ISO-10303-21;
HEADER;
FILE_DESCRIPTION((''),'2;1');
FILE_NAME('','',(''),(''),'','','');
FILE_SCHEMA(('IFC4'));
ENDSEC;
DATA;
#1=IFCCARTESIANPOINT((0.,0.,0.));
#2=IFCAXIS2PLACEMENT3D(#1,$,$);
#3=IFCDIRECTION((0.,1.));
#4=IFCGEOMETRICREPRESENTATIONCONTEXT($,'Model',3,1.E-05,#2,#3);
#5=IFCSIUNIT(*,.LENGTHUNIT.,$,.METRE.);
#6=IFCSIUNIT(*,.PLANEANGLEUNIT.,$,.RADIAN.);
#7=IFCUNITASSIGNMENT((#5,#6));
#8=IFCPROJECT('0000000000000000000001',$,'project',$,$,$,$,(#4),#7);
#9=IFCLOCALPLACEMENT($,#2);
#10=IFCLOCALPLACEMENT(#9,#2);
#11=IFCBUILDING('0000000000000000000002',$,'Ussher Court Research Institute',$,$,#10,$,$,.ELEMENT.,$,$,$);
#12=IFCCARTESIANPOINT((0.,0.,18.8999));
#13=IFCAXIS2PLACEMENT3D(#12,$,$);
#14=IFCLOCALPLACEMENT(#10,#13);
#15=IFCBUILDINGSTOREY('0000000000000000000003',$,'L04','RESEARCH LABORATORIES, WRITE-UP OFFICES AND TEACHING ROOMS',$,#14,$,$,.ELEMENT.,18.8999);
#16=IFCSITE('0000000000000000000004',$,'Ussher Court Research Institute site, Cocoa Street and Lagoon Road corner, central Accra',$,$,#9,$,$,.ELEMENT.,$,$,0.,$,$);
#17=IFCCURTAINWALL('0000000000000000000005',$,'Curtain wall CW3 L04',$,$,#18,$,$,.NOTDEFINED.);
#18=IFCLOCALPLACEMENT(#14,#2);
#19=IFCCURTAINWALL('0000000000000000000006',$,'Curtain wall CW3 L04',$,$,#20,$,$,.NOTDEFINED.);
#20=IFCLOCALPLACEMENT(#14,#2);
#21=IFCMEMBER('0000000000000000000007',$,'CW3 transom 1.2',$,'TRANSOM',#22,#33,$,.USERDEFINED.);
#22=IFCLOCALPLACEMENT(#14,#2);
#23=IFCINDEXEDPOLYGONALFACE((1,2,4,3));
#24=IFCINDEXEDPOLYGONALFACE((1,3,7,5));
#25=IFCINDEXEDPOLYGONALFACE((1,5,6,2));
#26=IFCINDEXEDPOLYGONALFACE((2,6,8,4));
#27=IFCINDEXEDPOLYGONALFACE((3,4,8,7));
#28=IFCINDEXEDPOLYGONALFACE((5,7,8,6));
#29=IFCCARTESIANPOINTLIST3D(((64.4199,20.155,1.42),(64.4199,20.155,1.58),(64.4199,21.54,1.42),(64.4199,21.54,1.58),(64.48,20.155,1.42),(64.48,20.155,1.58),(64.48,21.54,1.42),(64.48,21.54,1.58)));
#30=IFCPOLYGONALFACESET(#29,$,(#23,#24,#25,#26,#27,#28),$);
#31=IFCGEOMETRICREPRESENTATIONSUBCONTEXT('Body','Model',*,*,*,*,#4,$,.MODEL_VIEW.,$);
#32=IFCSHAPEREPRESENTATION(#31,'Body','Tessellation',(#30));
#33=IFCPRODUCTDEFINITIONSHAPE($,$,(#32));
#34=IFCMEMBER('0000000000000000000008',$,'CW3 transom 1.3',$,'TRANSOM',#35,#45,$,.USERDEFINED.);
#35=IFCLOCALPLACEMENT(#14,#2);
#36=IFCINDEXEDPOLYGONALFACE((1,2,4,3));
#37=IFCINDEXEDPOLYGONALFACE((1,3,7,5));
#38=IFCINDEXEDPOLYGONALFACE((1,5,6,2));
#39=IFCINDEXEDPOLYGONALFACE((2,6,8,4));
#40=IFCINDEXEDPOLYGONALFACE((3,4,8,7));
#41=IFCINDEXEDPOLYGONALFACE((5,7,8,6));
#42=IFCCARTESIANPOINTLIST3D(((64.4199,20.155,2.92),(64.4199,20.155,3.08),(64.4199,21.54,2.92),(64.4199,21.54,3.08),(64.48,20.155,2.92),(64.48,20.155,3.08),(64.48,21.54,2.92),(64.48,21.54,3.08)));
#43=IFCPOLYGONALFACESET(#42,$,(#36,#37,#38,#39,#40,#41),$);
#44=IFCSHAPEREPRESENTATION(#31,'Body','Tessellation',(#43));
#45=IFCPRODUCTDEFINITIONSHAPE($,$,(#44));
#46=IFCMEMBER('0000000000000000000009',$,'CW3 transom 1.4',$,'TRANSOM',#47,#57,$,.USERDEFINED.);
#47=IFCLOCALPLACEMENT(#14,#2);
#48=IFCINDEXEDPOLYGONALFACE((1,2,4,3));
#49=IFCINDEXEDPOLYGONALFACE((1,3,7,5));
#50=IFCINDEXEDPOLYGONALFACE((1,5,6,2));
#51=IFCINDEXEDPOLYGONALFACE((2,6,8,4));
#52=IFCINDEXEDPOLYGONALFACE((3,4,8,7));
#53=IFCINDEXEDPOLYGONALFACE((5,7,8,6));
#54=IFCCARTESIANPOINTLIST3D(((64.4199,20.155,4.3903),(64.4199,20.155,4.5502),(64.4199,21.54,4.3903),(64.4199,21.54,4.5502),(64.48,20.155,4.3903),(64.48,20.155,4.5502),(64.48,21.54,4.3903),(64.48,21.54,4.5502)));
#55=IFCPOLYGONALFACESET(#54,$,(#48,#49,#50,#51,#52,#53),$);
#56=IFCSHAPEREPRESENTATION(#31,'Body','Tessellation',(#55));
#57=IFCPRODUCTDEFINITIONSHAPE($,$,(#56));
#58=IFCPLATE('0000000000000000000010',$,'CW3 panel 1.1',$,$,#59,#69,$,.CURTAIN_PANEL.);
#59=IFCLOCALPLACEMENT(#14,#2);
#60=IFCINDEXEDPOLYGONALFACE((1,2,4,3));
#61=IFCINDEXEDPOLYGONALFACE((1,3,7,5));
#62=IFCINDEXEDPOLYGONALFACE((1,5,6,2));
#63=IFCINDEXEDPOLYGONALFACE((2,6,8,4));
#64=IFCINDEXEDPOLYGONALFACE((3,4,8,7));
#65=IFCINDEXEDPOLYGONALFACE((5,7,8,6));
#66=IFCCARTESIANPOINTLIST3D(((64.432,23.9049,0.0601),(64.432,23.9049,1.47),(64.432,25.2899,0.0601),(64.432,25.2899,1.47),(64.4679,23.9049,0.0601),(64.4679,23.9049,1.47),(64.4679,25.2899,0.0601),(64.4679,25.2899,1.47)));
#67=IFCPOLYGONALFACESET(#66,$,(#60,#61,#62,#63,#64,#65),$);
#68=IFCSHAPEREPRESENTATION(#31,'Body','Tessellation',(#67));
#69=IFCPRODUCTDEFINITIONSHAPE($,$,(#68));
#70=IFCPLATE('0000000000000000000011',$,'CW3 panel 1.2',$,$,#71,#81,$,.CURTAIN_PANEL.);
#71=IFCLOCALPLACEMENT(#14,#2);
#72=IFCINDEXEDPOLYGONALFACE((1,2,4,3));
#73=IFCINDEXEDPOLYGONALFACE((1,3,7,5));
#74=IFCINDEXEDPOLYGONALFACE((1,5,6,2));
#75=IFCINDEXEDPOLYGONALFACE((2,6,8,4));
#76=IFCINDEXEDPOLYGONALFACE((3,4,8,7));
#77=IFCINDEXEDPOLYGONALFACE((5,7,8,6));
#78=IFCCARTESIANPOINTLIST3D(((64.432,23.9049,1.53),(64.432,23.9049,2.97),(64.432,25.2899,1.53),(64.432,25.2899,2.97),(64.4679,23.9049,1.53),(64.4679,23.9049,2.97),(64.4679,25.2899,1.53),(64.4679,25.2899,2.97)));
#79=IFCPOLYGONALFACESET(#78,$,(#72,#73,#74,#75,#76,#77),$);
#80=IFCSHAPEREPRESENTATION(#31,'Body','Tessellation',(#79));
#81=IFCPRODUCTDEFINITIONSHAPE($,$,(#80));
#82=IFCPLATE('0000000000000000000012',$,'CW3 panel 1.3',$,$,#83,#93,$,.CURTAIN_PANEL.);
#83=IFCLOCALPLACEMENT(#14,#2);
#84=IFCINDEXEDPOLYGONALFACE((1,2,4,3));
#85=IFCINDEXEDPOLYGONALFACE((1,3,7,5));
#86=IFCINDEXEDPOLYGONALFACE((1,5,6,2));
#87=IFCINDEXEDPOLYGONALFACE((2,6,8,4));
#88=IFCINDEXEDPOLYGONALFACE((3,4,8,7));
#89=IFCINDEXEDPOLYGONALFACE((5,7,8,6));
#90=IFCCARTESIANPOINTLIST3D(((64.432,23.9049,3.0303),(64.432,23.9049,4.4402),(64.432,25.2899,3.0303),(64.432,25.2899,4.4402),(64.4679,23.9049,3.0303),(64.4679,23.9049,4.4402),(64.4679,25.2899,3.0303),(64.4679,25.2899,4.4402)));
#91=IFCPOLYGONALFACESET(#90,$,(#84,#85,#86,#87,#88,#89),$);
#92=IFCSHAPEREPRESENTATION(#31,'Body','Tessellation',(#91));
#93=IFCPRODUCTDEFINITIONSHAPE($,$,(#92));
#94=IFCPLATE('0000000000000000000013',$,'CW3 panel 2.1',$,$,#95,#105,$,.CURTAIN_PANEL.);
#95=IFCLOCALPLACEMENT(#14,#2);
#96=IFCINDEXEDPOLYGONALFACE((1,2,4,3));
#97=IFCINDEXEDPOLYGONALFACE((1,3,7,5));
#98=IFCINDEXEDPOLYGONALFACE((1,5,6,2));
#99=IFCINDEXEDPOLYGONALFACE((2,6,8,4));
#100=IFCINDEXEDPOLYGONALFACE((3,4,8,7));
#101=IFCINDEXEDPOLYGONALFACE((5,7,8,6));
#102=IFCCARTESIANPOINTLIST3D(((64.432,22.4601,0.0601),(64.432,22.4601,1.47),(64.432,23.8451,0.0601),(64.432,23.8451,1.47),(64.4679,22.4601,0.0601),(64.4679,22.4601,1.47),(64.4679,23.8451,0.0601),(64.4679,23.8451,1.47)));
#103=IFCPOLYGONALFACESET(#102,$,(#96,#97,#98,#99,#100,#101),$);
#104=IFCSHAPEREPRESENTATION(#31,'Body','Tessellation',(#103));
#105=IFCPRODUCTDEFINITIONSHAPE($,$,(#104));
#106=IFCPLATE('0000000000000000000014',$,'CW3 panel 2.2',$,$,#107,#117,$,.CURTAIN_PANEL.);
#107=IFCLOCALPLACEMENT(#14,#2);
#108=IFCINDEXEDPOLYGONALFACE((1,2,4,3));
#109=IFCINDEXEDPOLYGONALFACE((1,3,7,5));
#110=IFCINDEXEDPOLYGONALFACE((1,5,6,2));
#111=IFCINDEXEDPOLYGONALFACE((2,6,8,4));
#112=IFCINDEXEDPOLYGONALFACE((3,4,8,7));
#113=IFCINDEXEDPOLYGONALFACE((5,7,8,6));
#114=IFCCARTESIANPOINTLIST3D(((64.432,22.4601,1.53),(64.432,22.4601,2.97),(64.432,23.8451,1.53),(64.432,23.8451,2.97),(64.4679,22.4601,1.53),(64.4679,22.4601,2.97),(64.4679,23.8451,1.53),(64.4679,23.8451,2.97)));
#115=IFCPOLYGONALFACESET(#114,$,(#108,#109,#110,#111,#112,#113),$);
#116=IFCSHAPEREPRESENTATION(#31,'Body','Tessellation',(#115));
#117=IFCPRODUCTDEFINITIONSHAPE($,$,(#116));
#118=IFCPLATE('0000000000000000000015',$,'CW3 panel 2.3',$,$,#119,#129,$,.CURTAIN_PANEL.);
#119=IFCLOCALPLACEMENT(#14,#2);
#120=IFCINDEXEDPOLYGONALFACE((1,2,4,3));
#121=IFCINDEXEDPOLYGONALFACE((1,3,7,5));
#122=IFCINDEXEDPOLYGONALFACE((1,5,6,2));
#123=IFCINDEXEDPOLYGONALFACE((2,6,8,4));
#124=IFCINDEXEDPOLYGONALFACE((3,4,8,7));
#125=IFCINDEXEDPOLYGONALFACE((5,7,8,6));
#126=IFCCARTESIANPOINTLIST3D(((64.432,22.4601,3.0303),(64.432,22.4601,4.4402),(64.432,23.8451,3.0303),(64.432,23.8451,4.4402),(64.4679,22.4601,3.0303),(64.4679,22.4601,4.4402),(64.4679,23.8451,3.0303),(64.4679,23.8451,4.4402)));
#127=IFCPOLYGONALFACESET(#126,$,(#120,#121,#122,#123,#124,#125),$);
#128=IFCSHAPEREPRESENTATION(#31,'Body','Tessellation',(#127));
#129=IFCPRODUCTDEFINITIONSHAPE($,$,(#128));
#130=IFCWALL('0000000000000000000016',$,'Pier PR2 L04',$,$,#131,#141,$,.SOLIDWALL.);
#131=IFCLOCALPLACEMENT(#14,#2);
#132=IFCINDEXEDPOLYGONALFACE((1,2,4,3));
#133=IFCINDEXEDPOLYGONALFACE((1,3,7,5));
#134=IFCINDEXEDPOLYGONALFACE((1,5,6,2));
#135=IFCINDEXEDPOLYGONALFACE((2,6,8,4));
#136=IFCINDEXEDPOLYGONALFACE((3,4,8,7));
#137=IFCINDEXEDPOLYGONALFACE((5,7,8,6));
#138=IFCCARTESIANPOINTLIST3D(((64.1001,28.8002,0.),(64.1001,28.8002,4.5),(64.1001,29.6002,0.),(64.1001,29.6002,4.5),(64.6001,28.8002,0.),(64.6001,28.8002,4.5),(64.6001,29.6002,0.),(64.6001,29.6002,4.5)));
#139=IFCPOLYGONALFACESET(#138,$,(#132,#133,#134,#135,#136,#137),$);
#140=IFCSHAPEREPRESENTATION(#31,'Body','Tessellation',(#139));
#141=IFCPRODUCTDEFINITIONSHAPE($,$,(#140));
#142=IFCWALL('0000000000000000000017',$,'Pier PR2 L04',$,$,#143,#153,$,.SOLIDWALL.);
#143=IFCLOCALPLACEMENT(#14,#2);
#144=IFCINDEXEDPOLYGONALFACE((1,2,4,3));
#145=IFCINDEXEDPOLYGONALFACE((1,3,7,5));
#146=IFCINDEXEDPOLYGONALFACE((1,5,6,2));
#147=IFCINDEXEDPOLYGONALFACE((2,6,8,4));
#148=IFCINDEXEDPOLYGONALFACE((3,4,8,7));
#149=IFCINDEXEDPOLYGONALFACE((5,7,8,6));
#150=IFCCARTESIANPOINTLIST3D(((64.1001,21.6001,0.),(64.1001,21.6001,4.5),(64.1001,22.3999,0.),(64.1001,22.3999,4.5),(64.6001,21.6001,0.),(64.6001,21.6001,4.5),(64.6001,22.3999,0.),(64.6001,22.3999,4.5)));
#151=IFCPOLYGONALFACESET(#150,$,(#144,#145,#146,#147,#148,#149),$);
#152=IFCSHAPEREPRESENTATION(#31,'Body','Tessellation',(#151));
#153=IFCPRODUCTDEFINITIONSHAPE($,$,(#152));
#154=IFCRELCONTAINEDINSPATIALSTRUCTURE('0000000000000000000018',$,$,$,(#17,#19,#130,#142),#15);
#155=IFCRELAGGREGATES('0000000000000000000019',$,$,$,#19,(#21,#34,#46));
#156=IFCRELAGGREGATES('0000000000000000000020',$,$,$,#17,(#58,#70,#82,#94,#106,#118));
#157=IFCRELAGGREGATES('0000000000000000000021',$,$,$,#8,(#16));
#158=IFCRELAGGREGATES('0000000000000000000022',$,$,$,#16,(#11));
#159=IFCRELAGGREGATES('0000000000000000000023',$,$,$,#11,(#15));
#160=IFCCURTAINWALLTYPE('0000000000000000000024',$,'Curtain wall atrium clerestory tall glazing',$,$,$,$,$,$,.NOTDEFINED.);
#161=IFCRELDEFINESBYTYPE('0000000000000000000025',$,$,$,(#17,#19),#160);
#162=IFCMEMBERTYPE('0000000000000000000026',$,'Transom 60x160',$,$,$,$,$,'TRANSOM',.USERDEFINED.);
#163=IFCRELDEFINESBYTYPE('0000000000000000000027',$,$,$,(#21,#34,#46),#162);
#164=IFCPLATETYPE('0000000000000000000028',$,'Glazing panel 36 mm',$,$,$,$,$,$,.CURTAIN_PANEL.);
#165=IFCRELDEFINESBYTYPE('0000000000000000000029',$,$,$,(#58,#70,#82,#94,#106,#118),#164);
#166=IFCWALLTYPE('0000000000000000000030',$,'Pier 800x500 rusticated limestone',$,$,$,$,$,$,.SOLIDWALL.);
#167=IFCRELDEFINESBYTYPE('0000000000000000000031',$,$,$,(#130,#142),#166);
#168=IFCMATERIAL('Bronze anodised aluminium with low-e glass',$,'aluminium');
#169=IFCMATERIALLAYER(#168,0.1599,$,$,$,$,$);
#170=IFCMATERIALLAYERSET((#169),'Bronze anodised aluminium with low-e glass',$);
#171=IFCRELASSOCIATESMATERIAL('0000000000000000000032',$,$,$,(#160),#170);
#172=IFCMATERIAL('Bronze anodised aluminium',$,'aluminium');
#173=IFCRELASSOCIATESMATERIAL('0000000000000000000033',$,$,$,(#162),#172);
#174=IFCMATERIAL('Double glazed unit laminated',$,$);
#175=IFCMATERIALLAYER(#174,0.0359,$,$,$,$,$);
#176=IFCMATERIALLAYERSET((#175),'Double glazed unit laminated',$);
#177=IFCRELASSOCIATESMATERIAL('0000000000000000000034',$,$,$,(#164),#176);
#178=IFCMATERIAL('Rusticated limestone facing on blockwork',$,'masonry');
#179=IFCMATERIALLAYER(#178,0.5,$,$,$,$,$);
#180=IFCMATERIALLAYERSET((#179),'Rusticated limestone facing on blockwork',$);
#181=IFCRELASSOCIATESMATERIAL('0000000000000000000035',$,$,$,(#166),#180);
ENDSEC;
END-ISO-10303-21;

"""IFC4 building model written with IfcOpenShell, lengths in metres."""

from ifc_helpers import new_model, si_unit, direction, frame, frame_2d, origin, origin_2d, place, context, subcontext, project, spatial, rectangle, extrude, material, layer, layer_set, material_profile, profile_set, type_object, element, aggregate, save


model = new_model("IFC4")

# Units and contexts
model_context = context("Model", 3, precision=1e-05, world=origin(), true_north=direction((0.0, 1.0)))
body_context = subcontext(model_context, "Body", "Model", "MODEL_VIEW")
ifc_project = project(units=[si_unit("LENGTHUNIT", "METRE"), si_unit("PLANEANGLEUNIT", "RADIAN")], contexts=[model_context])

# Site, building, storey
site_placement = place(None, origin())
site = spatial("IfcSite", under=ifc_project, at=site_placement, Name="Ussher Court Research Institute site, Cocoa Street and Lagoon Road corner, central Accra", CompositionType="ELEMENT", RefElevation=0.0)
building_placement = place(site_placement, origin())
building = spatial("IfcBuilding", under=site, at=building_placement, Name="Ussher Court Research Institute", CompositionType="ELEMENT")
storey_placement = place(building_placement, frame((0.0, 0.0, 18.8999)))
storey = spatial("IfcBuildingStorey", under=building, at=storey_placement, Name="L04", Description="RESEARCH LABORATORIES, WRITE-UP OFFICES AND TEACHING ROOMS", CompositionType="ELEMENT", Elevation=18.8999)

# Curtain wall
ifc_material_1 = material(Name="Bronze anodised aluminium with low-e glass", Category="aluminium")
ifc_layer_1 = layer(ifc_material_1, 0.1599)
ifc_layer_set_1 = layer_set([ifc_layer_1], Name="Bronze anodised aluminium with low-e glass")
curtain_wall_type = type_object("IfcCurtainWallType", Name="Curtain wall atrium clerestory tall glazing", PredefinedType="NOTDEFINED", material=ifc_layer_set_1)
curtain_wall_1_placement = place(storey_placement, origin())
curtain_wall_1 = element("IfcCurtainWall", 1, at=curtain_wall_1_placement, inside=storey, type_object=curtain_wall_type, Name="Curtain wall CW3 L04", PredefinedType="NOTDEFINED")

# Curtain wall
curtain_wall_2_placement = place(storey_placement, origin())
curtain_wall_2 = element("IfcCurtainWall", 2, at=curtain_wall_2_placement, inside=storey, type_object=curtain_wall_type, Name="Curtain wall CW3 L04", PredefinedType="NOTDEFINED")

# Members
ifc_material_2 = material(Name="Bronze anodised aluminium", Category="aluminium")
ifc_material_profile_1 = material_profile(ifc_material_2, rectangle(XDim=0.0601, YDim=0.1599, at=origin_2d()), Name="Transom 60x160")
ifc_profile_set_1 = profile_set([ifc_material_profile_1], Name="Bronze anodised aluminium")
member_type_1 = type_object("IfcMemberType", Name="Transom 60x160", ElementType="TRANSOM", PredefinedType="USERDEFINED", material=ifc_profile_set_1)
member_1_placement = place(storey_placement, frame((64.45, 21.54, 1.5), z_axis=(0.0, -1.0, 0.0), x_axis=(1.0, 0.0, 0.0)))
member_1 = element("IfcMember", 3, at=member_1_placement, type_object=member_type_1, Name="CW3 transom 1.2", ObjectType="TRANSOM", PredefinedType="USERDEFINED", context=body_context, shape_type="SweptSolid", body=[
    extrude(rectangle(XDim=0.0601, YDim=0.1599, at=origin_2d()), origin(), (0.0, 0.0, 1.0), 1.385),
])
member_2_placement = place(storey_placement, frame((64.45, 21.54, 3.0), z_axis=(0.0, -1.0, 0.0), x_axis=(1.0, 0.0, 0.0)))
member_2 = element("IfcMember", 4, at=member_2_placement, type_object=member_type_1, Name="CW3 transom 1.3", ObjectType="TRANSOM", PredefinedType="USERDEFINED", context=body_context, shape_type="SweptSolid", body=[
    extrude(rectangle(XDim=0.0601, YDim=0.1599, at=origin_2d()), origin(), (0.0, 0.0, 1.0), 1.385),
])
member_3_placement = place(storey_placement, frame((64.45, 21.54, 4.4702), z_axis=(0.0, -1.0, 0.0), x_axis=(1.0, 0.0, 0.0)))
member_3 = element("IfcMember", 5, at=member_3_placement, type_object=member_type_1, Name="CW3 transom 1.4", ObjectType="TRANSOM", PredefinedType="USERDEFINED", context=body_context, shape_type="SweptSolid", body=[
    extrude(rectangle(XDim=0.0601, YDim=0.1599, at=origin_2d()), origin(), (0.0, 0.0, 1.0), 1.385),
])
aggregate(curtain_wall_2, [member_1, member_2, member_3])

# Plates
ifc_material_3 = material(Name="Double glazed unit laminated")
ifc_layer_2 = layer(ifc_material_3, 0.0359)
ifc_layer_set_2 = layer_set([ifc_layer_2], Name="Double glazed unit laminated")
plate_type = type_object("IfcPlateType", Name="Glazing panel 36 mm", PredefinedType="CURTAIN_PANEL", material=ifc_layer_set_2)
plate_1_placement = place(storey_placement, frame((64.45, 24.5974, 0.0601), z_axis=(0.0, 0.0, 1.0), x_axis=(0.0, -1.0, 0.0)))
plate_1 = element("IfcPlate", 6, at=plate_1_placement, type_object=plate_type, Name="CW3 panel 1.1", PredefinedType="CURTAIN_PANEL", context=body_context, shape_type="SweptSolid", body=[
    extrude(rectangle(XDim=1.385, YDim=0.0359, at=origin_2d()), origin(), (0.0, 0.0, 1.0), 1.4099),
])
plate_2_placement = place(storey_placement, frame((64.45, 24.5974, 1.53), z_axis=(0.0, 0.0, 1.0), x_axis=(0.0, -1.0, 0.0)))
plate_2 = element("IfcPlate", 7, at=plate_2_placement, type_object=plate_type, Name="CW3 panel 1.2", PredefinedType="CURTAIN_PANEL", context=body_context, shape_type="SweptSolid", body=[
    extrude(rectangle(XDim=1.385, YDim=0.0359, at=origin_2d()), origin(), (0.0, 0.0, 1.0), 1.4399),
])
plate_3_placement = place(storey_placement, frame((64.45, 24.5974, 3.0303), z_axis=(0.0, 0.0, 1.0), x_axis=(0.0, -1.0, 0.0)))
plate_3 = element("IfcPlate", 8, at=plate_3_placement, type_object=plate_type, Name="CW3 panel 1.3", PredefinedType="CURTAIN_PANEL", context=body_context, shape_type="SweptSolid", body=[
    extrude(rectangle(XDim=1.385, YDim=0.0359, at=origin_2d()), origin(), (0.0, 0.0, 1.0), 1.4099),
])
plate_4_placement = place(storey_placement, frame((64.45, 23.1526, 0.0601), z_axis=(0.0, 0.0, 1.0), x_axis=(0.0, -1.0, 0.0)))
plate_4 = element("IfcPlate", 9, at=plate_4_placement, type_object=plate_type, Name="CW3 panel 2.1", PredefinedType="CURTAIN_PANEL", context=body_context, shape_type="SweptSolid", body=[
    extrude(rectangle(XDim=1.385, YDim=0.0359, at=origin_2d()), origin(), (0.0, 0.0, 1.0), 1.4099),
])
plate_5_placement = place(storey_placement, frame((64.45, 23.1526, 1.53), z_axis=(0.0, 0.0, 1.0), x_axis=(0.0, -1.0, 0.0)))
plate_5 = element("IfcPlate", 10, at=plate_5_placement, type_object=plate_type, Name="CW3 panel 2.2", PredefinedType="CURTAIN_PANEL", context=body_context, shape_type="SweptSolid", body=[
    extrude(rectangle(XDim=1.385, YDim=0.0359, at=origin_2d()), origin(), (0.0, 0.0, 1.0), 1.4399),
])
plate_6_placement = place(storey_placement, frame((64.45, 23.1526, 3.0303), z_axis=(0.0, 0.0, 1.0), x_axis=(0.0, -1.0, 0.0)))
plate_6 = element("IfcPlate", 11, at=plate_6_placement, type_object=plate_type, Name="CW3 panel 2.3", PredefinedType="CURTAIN_PANEL", context=body_context, shape_type="SweptSolid", body=[
    extrude(rectangle(XDim=1.385, YDim=0.0359, at=origin_2d()), origin(), (0.0, 0.0, 1.0), 1.4099),
])
aggregate(curtain_wall_1, [plate_1, plate_2, plate_3, plate_4, plate_5, plate_6])

# Walls
ifc_material_4 = material(Name="Rusticated limestone facing on blockwork", Category="masonry")
ifc_layer_3 = layer(ifc_material_4, 0.5)
ifc_layer_set_3 = layer_set([ifc_layer_3], Name="Rusticated limestone facing on blockwork")
wall_type = type_object("IfcWallType", Name="Pier 800x500 rusticated limestone", PredefinedType="SOLIDWALL", material=ifc_layer_set_3)
wall_1_placement = place(storey_placement, frame((64.3501, 29.6001, 0.0), z_axis=(0.0, 0.0, 1.0), x_axis=(0.0, -1.0, 0.0)))
element("IfcWall", 12, at=wall_1_placement, inside=storey, type_object=wall_type, Name="Pier PR2 L04", PredefinedType="SOLIDWALL", context=body_context, shape_type="SweptSolid", body=[
    extrude(rectangle(XDim=0.8, YDim=0.5, at=frame_2d((0.3999, 0.0))), origin(), (0.0, 0.0, 1.0), 4.5),
])
wall_2_placement = place(storey_placement, frame((64.3501, 22.3999, 0.0), z_axis=(0.0, 0.0, 1.0), x_axis=(0.0, -1.0, 0.0)))
element("IfcWall", 13, at=wall_2_placement, inside=storey, type_object=wall_type, Name="Pier PR2 L04", PredefinedType="SOLIDWALL", context=body_context, shape_type="SweptSolid", body=[
    extrude(rectangle(XDim=0.7998, YDim=0.5, at=frame_2d((0.3999, 0.0))), origin(), (0.0, 0.0, 1.0), 4.5),
])

save(model, "model.ifc")
